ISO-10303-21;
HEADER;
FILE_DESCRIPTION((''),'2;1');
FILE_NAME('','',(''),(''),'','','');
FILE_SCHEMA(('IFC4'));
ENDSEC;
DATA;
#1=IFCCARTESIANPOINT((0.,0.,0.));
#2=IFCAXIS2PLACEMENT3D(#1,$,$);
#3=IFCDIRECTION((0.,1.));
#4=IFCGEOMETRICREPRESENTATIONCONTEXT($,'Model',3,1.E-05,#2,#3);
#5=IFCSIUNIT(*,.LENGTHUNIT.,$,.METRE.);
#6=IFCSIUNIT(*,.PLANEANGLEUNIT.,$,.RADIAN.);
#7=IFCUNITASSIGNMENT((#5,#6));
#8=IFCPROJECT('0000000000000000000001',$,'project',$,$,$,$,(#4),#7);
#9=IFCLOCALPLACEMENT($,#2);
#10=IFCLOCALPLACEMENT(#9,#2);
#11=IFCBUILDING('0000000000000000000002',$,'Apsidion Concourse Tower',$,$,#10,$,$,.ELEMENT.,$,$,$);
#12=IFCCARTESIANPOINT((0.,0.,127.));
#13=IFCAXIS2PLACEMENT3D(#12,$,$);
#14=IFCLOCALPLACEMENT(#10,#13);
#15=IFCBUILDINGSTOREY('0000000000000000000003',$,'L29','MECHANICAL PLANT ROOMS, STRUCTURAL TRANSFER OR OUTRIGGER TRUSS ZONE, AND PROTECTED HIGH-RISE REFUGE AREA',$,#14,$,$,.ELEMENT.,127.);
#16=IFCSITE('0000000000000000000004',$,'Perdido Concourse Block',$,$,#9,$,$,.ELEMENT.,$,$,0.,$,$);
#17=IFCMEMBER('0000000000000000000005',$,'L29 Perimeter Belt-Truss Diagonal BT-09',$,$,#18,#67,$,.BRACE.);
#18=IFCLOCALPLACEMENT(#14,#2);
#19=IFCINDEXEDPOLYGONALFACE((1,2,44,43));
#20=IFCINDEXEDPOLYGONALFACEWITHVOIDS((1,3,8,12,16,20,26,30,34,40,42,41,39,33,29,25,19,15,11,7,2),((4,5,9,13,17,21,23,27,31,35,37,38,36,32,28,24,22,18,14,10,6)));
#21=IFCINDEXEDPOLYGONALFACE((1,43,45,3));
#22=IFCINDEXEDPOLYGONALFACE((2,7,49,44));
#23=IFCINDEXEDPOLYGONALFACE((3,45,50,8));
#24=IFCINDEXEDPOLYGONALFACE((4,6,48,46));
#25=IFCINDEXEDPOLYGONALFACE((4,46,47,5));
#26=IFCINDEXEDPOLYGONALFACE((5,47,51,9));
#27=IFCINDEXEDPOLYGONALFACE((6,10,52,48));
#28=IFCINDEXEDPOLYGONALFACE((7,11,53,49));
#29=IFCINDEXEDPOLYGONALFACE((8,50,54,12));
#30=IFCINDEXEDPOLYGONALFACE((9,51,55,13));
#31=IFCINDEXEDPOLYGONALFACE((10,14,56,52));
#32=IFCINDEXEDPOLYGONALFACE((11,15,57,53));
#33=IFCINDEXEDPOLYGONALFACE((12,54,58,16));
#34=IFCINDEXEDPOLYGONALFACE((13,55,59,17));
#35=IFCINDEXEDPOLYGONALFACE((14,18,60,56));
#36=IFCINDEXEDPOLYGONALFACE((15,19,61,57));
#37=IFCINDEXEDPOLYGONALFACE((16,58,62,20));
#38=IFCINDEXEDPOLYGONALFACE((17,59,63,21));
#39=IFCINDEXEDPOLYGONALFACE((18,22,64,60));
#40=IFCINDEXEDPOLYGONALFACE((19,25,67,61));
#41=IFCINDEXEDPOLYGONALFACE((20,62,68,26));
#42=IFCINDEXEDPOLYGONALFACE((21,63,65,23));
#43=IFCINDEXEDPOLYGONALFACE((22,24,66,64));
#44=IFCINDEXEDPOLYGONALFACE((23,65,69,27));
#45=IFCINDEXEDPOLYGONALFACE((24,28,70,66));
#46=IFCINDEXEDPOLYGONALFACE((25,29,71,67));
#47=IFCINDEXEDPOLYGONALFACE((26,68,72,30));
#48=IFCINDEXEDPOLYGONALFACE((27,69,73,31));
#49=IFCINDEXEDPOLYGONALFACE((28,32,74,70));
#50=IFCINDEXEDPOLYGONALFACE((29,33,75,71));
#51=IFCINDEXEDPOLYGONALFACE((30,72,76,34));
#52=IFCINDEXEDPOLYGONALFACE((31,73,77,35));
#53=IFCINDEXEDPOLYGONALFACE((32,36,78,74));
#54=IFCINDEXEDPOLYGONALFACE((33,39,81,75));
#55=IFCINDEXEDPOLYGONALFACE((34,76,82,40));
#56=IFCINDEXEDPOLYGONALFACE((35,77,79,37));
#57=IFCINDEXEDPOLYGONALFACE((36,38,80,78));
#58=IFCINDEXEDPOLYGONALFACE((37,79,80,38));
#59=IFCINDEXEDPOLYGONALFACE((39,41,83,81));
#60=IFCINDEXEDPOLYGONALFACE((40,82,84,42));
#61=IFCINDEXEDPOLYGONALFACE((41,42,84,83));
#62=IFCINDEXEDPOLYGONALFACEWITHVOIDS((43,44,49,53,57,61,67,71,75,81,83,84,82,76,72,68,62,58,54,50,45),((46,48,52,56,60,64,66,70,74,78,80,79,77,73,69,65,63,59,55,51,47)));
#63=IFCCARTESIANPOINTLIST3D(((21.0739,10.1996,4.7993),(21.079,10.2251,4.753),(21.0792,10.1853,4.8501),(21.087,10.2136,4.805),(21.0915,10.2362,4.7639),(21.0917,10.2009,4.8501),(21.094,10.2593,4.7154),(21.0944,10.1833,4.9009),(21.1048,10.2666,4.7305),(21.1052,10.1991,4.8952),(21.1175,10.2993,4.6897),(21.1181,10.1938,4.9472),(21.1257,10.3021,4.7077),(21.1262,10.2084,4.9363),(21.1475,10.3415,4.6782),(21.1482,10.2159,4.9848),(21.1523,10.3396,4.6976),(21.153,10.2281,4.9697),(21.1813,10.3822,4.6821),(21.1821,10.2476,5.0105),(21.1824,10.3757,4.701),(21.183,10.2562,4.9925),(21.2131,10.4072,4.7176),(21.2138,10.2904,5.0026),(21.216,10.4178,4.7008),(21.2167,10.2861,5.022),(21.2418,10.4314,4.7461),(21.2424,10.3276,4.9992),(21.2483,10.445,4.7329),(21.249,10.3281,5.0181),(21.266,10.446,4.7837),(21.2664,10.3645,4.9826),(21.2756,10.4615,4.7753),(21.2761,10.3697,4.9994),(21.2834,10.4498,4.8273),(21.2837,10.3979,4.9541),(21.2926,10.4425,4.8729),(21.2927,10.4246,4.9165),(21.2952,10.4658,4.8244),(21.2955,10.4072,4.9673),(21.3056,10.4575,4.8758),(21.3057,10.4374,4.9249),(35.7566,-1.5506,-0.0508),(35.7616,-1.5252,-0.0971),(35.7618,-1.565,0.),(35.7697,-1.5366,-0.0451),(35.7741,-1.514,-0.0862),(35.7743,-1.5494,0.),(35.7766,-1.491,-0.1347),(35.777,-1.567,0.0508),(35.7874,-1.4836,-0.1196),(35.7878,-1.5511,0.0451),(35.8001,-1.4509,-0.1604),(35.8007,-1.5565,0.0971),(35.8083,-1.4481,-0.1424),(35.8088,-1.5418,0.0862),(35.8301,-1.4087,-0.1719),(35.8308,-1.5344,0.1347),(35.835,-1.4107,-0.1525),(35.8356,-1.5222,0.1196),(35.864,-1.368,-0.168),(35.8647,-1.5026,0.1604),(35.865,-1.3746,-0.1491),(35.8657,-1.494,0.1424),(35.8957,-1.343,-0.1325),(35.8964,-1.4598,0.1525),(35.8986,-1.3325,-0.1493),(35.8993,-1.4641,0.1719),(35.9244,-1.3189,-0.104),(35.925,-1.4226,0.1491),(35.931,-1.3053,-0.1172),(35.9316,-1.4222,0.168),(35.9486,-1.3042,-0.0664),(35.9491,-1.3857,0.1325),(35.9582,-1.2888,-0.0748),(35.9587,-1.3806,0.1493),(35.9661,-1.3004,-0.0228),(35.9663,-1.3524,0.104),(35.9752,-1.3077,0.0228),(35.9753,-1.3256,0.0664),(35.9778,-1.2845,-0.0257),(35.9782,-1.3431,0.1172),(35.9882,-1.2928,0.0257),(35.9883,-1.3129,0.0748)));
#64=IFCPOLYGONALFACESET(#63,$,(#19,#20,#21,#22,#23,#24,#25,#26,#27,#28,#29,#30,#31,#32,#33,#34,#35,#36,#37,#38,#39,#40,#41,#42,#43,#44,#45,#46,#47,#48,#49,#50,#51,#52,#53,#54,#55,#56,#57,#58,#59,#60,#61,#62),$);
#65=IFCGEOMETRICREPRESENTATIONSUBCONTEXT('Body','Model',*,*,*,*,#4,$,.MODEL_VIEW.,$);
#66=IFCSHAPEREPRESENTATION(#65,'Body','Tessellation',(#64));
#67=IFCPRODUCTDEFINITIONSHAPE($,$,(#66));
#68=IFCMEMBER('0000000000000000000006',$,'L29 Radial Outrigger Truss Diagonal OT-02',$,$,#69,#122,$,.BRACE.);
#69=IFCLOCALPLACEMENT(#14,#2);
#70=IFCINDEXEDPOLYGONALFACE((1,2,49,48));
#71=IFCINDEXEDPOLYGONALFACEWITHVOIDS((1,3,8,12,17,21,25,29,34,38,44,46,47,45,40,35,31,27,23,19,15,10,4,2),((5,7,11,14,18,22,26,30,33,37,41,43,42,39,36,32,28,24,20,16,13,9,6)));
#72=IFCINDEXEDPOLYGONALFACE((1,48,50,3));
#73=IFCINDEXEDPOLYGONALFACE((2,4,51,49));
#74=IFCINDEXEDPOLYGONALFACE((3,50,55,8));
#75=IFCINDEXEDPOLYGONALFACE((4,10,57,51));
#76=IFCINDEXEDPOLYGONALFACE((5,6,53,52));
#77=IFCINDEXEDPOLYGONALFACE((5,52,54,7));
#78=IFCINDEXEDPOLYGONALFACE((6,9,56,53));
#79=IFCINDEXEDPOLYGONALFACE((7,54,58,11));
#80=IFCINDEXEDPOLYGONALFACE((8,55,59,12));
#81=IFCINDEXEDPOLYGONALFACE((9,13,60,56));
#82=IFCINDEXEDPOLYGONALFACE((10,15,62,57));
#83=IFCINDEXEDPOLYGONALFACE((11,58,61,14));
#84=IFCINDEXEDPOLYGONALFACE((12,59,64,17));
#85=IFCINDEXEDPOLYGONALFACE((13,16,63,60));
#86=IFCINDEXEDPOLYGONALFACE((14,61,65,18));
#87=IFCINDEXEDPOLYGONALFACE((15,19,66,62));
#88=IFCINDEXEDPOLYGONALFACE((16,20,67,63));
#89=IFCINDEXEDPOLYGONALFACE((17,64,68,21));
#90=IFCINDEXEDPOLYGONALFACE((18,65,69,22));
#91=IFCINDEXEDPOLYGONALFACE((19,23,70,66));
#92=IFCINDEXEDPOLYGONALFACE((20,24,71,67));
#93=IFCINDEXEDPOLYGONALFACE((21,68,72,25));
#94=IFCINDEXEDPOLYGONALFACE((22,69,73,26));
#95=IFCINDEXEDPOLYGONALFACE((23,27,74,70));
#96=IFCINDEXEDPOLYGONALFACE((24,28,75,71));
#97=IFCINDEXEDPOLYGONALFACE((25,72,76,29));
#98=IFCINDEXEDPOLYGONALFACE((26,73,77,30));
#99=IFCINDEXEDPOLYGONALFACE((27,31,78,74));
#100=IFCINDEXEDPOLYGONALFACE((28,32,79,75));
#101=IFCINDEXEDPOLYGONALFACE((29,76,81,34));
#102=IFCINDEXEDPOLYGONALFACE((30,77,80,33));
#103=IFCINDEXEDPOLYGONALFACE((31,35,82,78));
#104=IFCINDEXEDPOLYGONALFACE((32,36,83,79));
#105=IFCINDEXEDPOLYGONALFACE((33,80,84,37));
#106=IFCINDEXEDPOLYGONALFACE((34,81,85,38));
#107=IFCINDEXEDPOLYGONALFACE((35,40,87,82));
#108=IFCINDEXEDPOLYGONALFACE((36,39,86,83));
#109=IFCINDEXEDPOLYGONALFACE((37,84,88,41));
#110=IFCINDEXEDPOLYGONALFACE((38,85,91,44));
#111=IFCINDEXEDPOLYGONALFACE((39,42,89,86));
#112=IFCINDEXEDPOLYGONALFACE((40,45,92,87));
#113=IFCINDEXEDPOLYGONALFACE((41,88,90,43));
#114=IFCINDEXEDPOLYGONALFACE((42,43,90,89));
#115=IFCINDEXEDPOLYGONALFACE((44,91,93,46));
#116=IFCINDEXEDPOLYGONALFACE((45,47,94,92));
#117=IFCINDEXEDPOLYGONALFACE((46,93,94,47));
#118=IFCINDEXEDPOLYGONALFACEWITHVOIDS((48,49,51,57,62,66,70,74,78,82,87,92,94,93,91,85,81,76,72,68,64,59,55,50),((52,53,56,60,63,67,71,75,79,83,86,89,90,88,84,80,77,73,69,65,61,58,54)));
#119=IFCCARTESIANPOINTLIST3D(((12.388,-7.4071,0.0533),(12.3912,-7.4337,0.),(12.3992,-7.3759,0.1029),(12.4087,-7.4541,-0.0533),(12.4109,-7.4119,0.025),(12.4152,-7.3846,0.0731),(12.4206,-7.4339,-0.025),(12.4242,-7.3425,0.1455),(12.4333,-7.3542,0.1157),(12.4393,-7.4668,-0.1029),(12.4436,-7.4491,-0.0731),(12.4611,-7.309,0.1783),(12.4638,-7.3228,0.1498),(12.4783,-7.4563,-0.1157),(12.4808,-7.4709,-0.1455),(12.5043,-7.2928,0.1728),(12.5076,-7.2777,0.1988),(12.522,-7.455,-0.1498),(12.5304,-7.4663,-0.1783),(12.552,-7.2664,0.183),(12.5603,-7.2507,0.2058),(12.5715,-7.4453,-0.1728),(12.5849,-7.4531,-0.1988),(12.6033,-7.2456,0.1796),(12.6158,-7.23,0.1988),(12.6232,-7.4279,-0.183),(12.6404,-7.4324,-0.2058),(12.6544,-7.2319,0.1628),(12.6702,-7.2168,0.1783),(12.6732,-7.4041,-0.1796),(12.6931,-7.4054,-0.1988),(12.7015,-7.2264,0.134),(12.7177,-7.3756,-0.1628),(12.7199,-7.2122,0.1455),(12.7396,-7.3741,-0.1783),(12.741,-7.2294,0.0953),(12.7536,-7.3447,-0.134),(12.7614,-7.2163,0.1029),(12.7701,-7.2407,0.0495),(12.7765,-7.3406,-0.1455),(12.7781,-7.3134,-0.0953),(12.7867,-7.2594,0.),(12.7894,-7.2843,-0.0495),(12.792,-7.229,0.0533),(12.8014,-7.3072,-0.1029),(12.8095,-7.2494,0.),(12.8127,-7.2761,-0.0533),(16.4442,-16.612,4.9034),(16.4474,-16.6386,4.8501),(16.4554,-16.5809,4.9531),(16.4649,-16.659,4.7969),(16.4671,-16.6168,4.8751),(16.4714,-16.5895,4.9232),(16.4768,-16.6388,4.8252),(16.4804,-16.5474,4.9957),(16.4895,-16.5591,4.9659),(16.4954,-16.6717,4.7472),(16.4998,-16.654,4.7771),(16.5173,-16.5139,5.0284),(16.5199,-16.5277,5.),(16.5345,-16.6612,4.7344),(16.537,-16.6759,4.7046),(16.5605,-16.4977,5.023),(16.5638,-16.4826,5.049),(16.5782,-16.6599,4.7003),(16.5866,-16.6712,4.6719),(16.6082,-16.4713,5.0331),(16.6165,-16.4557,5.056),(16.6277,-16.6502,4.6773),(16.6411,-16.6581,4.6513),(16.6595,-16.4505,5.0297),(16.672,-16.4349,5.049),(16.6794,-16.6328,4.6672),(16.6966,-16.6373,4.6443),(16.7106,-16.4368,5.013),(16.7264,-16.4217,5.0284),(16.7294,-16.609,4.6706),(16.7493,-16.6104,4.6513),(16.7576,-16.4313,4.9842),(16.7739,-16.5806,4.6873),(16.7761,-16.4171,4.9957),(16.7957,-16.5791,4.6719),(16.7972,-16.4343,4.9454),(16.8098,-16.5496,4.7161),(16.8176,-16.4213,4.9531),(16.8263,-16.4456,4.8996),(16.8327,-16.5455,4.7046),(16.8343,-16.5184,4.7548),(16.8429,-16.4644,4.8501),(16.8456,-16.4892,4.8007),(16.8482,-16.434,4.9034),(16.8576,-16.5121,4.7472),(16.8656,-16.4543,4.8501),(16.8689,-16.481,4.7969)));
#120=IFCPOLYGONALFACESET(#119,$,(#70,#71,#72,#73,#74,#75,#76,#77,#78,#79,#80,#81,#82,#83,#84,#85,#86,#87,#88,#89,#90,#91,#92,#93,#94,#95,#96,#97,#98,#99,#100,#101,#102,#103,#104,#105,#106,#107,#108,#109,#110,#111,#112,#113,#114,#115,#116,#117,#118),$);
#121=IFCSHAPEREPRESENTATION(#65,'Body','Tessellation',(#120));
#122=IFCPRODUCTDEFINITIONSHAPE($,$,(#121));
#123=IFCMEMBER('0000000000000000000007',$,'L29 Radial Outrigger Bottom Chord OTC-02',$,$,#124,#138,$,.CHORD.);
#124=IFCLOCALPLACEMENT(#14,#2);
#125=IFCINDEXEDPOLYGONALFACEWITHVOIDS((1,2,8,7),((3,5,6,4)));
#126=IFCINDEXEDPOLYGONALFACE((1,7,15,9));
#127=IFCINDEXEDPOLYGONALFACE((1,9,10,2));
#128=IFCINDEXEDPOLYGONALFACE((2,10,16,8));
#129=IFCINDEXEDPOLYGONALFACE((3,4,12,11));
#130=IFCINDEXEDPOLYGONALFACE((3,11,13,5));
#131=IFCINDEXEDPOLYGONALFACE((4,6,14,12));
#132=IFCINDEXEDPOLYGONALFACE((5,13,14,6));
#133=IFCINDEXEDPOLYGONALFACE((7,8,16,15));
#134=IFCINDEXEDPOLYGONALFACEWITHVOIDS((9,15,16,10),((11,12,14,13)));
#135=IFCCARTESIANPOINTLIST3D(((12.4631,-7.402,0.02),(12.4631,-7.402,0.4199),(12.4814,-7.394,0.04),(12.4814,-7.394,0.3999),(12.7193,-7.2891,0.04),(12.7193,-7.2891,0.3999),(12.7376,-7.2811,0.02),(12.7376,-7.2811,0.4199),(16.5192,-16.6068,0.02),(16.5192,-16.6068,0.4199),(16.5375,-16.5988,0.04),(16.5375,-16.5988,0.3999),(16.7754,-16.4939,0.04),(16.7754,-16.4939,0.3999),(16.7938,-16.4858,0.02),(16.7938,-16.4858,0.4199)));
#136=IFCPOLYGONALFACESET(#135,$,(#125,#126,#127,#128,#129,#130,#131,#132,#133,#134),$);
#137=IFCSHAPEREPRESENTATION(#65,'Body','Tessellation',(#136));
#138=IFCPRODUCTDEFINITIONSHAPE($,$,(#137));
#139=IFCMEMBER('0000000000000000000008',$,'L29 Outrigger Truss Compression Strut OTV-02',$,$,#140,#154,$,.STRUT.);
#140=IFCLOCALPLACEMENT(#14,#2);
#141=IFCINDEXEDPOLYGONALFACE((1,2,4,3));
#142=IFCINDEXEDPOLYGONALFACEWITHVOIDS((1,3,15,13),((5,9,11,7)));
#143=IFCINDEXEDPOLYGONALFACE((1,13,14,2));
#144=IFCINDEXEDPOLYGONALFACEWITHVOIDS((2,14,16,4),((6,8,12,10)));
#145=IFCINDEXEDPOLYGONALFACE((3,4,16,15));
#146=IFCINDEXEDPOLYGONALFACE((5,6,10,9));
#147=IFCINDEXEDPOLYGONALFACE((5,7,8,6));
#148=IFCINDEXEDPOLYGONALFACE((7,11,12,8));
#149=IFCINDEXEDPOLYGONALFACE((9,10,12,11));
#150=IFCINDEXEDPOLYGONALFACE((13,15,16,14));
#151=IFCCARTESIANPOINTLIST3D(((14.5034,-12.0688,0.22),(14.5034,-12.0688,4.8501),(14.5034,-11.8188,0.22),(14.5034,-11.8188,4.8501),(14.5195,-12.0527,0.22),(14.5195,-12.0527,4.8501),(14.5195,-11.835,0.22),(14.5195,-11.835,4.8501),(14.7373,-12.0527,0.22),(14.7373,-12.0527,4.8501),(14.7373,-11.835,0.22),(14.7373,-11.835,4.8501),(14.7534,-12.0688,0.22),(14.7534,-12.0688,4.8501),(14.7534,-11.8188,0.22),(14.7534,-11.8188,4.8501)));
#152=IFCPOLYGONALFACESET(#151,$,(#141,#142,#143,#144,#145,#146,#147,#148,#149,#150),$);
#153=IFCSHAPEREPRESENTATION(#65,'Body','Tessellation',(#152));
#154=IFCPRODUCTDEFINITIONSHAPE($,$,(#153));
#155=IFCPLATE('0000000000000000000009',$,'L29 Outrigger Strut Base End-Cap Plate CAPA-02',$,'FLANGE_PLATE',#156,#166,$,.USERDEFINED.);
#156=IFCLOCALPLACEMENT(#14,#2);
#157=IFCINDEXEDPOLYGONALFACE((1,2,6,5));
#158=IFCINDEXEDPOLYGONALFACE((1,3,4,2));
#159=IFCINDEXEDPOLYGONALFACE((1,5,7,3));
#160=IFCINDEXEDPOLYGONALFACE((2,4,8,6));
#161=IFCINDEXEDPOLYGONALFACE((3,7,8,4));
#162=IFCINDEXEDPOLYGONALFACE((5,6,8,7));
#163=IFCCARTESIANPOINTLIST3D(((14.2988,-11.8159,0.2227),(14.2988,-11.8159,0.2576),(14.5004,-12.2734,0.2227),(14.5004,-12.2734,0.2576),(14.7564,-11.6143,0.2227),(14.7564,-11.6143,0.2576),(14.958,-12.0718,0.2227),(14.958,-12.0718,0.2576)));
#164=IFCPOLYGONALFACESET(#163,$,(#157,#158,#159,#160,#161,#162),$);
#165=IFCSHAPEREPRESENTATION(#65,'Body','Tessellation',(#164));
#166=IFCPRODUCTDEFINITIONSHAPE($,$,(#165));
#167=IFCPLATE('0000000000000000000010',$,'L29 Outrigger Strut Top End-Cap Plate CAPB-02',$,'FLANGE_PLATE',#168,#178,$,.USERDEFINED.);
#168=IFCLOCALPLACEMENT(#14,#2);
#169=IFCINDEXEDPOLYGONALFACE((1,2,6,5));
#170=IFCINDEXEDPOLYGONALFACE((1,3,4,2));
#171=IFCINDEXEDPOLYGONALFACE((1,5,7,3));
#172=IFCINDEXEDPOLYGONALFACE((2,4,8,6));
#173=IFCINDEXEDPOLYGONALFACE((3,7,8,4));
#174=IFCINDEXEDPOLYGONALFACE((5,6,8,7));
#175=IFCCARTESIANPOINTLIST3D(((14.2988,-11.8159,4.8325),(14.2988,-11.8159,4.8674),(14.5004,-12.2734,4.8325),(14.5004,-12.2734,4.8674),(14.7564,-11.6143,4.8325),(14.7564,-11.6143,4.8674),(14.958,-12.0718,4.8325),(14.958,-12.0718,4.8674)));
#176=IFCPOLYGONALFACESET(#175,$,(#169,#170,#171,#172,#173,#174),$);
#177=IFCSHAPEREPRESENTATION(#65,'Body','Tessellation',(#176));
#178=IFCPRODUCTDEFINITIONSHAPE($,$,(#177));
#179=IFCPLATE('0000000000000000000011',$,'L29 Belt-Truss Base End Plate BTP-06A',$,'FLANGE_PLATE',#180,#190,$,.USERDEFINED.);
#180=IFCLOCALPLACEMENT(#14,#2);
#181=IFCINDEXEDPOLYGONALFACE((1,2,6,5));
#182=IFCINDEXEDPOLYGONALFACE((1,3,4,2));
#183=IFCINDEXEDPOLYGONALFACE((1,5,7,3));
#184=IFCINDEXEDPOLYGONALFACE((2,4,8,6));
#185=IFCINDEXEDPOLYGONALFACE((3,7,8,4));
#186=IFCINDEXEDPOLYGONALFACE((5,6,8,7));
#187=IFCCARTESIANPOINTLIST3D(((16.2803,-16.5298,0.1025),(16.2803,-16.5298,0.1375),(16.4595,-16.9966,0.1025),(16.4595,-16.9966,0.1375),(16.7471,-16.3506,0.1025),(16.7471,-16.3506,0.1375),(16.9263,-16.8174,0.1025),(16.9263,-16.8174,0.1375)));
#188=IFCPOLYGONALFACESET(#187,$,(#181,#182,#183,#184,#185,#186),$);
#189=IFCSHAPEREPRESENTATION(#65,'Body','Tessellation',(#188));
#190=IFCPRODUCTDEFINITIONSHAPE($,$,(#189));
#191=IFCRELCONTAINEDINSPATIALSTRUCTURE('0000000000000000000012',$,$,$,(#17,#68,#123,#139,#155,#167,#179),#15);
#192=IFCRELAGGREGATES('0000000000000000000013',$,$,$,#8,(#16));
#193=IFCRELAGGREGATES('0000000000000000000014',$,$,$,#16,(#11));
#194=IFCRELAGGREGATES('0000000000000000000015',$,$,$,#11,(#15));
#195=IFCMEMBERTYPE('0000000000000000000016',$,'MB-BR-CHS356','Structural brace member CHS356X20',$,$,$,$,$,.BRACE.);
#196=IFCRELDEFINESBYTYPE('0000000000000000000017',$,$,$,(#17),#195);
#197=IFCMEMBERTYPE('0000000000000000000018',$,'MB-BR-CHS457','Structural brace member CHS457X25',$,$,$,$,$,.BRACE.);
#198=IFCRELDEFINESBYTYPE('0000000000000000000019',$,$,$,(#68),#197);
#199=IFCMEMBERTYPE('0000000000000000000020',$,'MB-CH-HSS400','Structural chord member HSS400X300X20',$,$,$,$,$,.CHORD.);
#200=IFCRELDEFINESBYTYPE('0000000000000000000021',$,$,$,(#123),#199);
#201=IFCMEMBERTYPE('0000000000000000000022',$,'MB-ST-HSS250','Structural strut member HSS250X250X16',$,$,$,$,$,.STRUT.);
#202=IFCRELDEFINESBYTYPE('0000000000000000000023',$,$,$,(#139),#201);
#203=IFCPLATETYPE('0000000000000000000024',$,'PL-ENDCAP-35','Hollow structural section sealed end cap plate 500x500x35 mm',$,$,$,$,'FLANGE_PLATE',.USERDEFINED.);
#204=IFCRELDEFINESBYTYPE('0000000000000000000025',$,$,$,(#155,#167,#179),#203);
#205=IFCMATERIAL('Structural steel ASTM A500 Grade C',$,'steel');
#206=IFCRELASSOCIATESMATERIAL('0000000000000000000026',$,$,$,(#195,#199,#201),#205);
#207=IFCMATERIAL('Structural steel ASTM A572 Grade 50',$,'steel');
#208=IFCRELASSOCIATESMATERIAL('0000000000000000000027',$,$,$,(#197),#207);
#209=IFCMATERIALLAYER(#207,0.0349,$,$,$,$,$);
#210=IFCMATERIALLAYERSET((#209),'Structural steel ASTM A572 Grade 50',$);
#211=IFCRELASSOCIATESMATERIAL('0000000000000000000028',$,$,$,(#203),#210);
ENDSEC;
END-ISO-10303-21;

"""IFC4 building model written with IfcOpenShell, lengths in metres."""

from ifc_helpers import new_model, si_unit, direction, frame, origin, origin_2d, place, context, subcontext, project, spatial, rectangle, hollow_rectangle, hollow_circle, extrude, material, layer, layer_set, material_profile, profile_set, type_object, element, save


model = new_model("IFC4")

# Units and contexts
model_context = context("Model", 3, precision=1e-05, world=origin(), true_north=direction((0.0, 1.0)))
body_context = subcontext(model_context, "Body", "Model", "MODEL_VIEW")
ifc_project = project(units=[si_unit("LENGTHUNIT", "METRE"), si_unit("PLANEANGLEUNIT", "RADIAN")], contexts=[model_context])

# Site, building, storey
site_placement = place(None, origin())
site = spatial("IfcSite", under=ifc_project, at=site_placement, Name="Perdido Concourse Block", CompositionType="ELEMENT", RefElevation=0.0)
building_placement = place(site_placement, origin())
building = spatial("IfcBuilding", under=site, at=building_placement, Name="Apsidion Concourse Tower", CompositionType="ELEMENT")
storey_placement = place(building_placement, frame((0.0, 0.0, 127.0)))
storey = spatial("IfcBuildingStorey", under=building, at=storey_placement, Name="L29", Description="MECHANICAL PLANT ROOMS, STRUCTURAL TRANSFER OR OUTRIGGER TRUSS ZONE, AND PROTECTED HIGH-RISE REFUGE AREA", CompositionType="ELEMENT", Elevation=127.0)

# Members
ifc_material_1 = material(Name="Structural steel ASTM A500 Grade C", Category="steel")
ifc_material_profile_1 = material_profile(ifc_material_1, hollow_circle(Radius=0.178, WallThickness=0.02, at=origin_2d()), Name="CHS356X20")
ifc_profile_set_1 = profile_set([ifc_material_profile_1], Name="Structural steel ASTM A500 Grade C")
member_type_1 = type_object("IfcMemberType", Name="MB-BR-CHS356", Description="Structural brace member CHS356X20", PredefinedType="BRACE", material=ifc_profile_set_1)
member_1_placement = place(storey_placement, frame((35.873, -1.426, 0.0), z_axis=(-0.756022, 0.605031, 0.249736), x_axis=(-0.62483, -0.780761, 0.0)))
element("IfcMember", 1, at=member_1_placement, inside=storey, type_object=member_type_1, Name="L29 Perimeter Belt-Truss Diagonal BT-09", PredefinedType="BRACE", context=body_context, shape_type="SweptSolid", body=[
    extrude(hollow_circle(Radius=0.178, WallThickness=0.02, at=origin_2d()), origin(), (0.0, 0.0, 1.0), 19.4209),
])
ifc_material_2 = material(Name="Structural steel ASTM A572 Grade 50", Category="steel")
ifc_material_profile_2 = material_profile(ifc_material_2, hollow_circle(Radius=0.2285, WallThickness=0.0249, at=origin_2d()), Name="CHS457X25")
ifc_profile_set_2 = profile_set([ifc_material_profile_2], Name="Structural steel ASTM A572 Grade 50")
member_type_2 = type_object("IfcMemberType", Name="MB-BR-CHS457", Description="Structural brace member CHS457X25", PredefinedType="BRACE", material=ifc_profile_set_2)
member_2_placement = place(storey_placement, frame((12.6003, -7.3416, 0.0), z_axis=(0.363222, -0.824279, 0.434319), x_axis=(0.915094, 0.40324, 0.0)))
element("IfcMember", 2, at=member_2_placement, inside=storey, type_object=member_type_2, Name="L29 Radial Outrigger Truss Diagonal OT-02", PredefinedType="BRACE", context=body_context, shape_type="SweptSolid", body=[
    extrude(hollow_circle(Radius=0.2285, WallThickness=0.0249, at=origin_2d()), origin(), (0.0, 0.0, 1.0), 11.1672),
])
ifc_material_profile_3 = material_profile(ifc_material_1, hollow_rectangle(XDim=0.3, YDim=0.3999, WallThickness=0.02, at=origin_2d()), Name="HSS400X300X20")
ifc_profile_set_3 = profile_set([ifc_material_profile_3], Name="Structural steel ASTM A500 Grade C")
member_type_3 = type_object("IfcMemberType", Name="MB-CH-HSS400", Description="Structural chord member HSS400X300X20", PredefinedType="CHORD", material=ifc_profile_set_3)
member_3_placement = place(storey_placement, frame((12.6003, -7.3416, 0.22), z_axis=(0.40324, -0.915094, 0.0), x_axis=(0.915094, 0.40324, 0.0)))
element("IfcMember", 3, at=member_3_placement, inside=storey, type_object=member_type_3, Name="L29 Radial Outrigger Bottom Chord OTC-02", PredefinedType="CHORD", context=body_context, shape_type="SweptSolid", body=[
    extrude(hollow_rectangle(XDim=0.3, YDim=0.3999, WallThickness=0.02, at=origin_2d()), origin(), (0.0, 0.0, 1.0), 10.0588),
])
ifc_material_profile_4 = material_profile(ifc_material_1, hollow_rectangle(XDim=0.25, YDim=0.25, WallThickness=0.0161, at=origin_2d()), Name="HSS250X250X16")
ifc_profile_set_4 = profile_set([ifc_material_profile_4], Name="Structural steel ASTM A500 Grade C")
member_type_4 = type_object("IfcMemberType", Name="MB-ST-HSS250", Description="Structural strut member HSS250X250X16", PredefinedType="STRUT", material=ifc_profile_set_4)
member_4_placement = place(storey_placement, frame((14.6284, -11.9438, 0.22), z_axis=(0.0, 0.0, 1.0), x_axis=(1.0, 0.0, 0.0)))
element("IfcMember", 4, at=member_4_placement, inside=storey, type_object=member_type_4, Name="L29 Outrigger Truss Compression Strut OTV-02", PredefinedType="STRUT", context=body_context, shape_type="SweptSolid", body=[
    extrude(hollow_rectangle(XDim=0.25, YDim=0.25, WallThickness=0.0161, at=origin_2d()), origin(), (0.0, 0.0, 1.0), 4.6301),
])

# Plates
ifc_layer_1 = layer(ifc_material_2, 0.0349)
ifc_layer_set_1 = layer_set([ifc_layer_1], Name="Structural steel ASTM A572 Grade 50")
plate_type_1 = type_object("IfcPlateType", Name="PL-ENDCAP-35", Description="Hollow structural section sealed end cap plate 500x500x35 mm", ElementType="FLANGE_PLATE", PredefinedType="USERDEFINED", material=ifc_layer_set_1)
for number, where, z_axis, x_axis, name in (
    (5, (14.6284, -11.9438, 0.2227), (0.0, 0.0, 1.0), (-0.403226, 0.9151, 0.0), "L29 Outrigger Strut Base End-Cap Plate CAPA-02"),
    (6, (14.6284, -11.9438, 4.8325), (0.0, 0.0, 1.0), (-0.403226, 0.9151, 0.0), "L29 Outrigger Strut Top End-Cap Plate CAPB-02"),
    (7, (16.6033, -16.6736, 0.1025), (0.0, 0.0, 1.0), (0.93358, 0.358368, 0.0), "L29 Belt-Truss Base End Plate BTP-06A"),
):
    element("IfcPlate", number, at=place(storey_placement, frame(where, z_axis=z_axis, x_axis=x_axis)), inside=storey, type_object=plate_type_1, Name=name, ObjectType="FLANGE_PLATE", PredefinedType="USERDEFINED", context=body_context, shape_type="SweptSolid", body=[
        extrude(rectangle(XDim=0.5, YDim=0.5, at=origin_2d()), origin(), (0.0, 0.0, 1.0), 0.0349),
    ])

save(model, "model.ifc")
